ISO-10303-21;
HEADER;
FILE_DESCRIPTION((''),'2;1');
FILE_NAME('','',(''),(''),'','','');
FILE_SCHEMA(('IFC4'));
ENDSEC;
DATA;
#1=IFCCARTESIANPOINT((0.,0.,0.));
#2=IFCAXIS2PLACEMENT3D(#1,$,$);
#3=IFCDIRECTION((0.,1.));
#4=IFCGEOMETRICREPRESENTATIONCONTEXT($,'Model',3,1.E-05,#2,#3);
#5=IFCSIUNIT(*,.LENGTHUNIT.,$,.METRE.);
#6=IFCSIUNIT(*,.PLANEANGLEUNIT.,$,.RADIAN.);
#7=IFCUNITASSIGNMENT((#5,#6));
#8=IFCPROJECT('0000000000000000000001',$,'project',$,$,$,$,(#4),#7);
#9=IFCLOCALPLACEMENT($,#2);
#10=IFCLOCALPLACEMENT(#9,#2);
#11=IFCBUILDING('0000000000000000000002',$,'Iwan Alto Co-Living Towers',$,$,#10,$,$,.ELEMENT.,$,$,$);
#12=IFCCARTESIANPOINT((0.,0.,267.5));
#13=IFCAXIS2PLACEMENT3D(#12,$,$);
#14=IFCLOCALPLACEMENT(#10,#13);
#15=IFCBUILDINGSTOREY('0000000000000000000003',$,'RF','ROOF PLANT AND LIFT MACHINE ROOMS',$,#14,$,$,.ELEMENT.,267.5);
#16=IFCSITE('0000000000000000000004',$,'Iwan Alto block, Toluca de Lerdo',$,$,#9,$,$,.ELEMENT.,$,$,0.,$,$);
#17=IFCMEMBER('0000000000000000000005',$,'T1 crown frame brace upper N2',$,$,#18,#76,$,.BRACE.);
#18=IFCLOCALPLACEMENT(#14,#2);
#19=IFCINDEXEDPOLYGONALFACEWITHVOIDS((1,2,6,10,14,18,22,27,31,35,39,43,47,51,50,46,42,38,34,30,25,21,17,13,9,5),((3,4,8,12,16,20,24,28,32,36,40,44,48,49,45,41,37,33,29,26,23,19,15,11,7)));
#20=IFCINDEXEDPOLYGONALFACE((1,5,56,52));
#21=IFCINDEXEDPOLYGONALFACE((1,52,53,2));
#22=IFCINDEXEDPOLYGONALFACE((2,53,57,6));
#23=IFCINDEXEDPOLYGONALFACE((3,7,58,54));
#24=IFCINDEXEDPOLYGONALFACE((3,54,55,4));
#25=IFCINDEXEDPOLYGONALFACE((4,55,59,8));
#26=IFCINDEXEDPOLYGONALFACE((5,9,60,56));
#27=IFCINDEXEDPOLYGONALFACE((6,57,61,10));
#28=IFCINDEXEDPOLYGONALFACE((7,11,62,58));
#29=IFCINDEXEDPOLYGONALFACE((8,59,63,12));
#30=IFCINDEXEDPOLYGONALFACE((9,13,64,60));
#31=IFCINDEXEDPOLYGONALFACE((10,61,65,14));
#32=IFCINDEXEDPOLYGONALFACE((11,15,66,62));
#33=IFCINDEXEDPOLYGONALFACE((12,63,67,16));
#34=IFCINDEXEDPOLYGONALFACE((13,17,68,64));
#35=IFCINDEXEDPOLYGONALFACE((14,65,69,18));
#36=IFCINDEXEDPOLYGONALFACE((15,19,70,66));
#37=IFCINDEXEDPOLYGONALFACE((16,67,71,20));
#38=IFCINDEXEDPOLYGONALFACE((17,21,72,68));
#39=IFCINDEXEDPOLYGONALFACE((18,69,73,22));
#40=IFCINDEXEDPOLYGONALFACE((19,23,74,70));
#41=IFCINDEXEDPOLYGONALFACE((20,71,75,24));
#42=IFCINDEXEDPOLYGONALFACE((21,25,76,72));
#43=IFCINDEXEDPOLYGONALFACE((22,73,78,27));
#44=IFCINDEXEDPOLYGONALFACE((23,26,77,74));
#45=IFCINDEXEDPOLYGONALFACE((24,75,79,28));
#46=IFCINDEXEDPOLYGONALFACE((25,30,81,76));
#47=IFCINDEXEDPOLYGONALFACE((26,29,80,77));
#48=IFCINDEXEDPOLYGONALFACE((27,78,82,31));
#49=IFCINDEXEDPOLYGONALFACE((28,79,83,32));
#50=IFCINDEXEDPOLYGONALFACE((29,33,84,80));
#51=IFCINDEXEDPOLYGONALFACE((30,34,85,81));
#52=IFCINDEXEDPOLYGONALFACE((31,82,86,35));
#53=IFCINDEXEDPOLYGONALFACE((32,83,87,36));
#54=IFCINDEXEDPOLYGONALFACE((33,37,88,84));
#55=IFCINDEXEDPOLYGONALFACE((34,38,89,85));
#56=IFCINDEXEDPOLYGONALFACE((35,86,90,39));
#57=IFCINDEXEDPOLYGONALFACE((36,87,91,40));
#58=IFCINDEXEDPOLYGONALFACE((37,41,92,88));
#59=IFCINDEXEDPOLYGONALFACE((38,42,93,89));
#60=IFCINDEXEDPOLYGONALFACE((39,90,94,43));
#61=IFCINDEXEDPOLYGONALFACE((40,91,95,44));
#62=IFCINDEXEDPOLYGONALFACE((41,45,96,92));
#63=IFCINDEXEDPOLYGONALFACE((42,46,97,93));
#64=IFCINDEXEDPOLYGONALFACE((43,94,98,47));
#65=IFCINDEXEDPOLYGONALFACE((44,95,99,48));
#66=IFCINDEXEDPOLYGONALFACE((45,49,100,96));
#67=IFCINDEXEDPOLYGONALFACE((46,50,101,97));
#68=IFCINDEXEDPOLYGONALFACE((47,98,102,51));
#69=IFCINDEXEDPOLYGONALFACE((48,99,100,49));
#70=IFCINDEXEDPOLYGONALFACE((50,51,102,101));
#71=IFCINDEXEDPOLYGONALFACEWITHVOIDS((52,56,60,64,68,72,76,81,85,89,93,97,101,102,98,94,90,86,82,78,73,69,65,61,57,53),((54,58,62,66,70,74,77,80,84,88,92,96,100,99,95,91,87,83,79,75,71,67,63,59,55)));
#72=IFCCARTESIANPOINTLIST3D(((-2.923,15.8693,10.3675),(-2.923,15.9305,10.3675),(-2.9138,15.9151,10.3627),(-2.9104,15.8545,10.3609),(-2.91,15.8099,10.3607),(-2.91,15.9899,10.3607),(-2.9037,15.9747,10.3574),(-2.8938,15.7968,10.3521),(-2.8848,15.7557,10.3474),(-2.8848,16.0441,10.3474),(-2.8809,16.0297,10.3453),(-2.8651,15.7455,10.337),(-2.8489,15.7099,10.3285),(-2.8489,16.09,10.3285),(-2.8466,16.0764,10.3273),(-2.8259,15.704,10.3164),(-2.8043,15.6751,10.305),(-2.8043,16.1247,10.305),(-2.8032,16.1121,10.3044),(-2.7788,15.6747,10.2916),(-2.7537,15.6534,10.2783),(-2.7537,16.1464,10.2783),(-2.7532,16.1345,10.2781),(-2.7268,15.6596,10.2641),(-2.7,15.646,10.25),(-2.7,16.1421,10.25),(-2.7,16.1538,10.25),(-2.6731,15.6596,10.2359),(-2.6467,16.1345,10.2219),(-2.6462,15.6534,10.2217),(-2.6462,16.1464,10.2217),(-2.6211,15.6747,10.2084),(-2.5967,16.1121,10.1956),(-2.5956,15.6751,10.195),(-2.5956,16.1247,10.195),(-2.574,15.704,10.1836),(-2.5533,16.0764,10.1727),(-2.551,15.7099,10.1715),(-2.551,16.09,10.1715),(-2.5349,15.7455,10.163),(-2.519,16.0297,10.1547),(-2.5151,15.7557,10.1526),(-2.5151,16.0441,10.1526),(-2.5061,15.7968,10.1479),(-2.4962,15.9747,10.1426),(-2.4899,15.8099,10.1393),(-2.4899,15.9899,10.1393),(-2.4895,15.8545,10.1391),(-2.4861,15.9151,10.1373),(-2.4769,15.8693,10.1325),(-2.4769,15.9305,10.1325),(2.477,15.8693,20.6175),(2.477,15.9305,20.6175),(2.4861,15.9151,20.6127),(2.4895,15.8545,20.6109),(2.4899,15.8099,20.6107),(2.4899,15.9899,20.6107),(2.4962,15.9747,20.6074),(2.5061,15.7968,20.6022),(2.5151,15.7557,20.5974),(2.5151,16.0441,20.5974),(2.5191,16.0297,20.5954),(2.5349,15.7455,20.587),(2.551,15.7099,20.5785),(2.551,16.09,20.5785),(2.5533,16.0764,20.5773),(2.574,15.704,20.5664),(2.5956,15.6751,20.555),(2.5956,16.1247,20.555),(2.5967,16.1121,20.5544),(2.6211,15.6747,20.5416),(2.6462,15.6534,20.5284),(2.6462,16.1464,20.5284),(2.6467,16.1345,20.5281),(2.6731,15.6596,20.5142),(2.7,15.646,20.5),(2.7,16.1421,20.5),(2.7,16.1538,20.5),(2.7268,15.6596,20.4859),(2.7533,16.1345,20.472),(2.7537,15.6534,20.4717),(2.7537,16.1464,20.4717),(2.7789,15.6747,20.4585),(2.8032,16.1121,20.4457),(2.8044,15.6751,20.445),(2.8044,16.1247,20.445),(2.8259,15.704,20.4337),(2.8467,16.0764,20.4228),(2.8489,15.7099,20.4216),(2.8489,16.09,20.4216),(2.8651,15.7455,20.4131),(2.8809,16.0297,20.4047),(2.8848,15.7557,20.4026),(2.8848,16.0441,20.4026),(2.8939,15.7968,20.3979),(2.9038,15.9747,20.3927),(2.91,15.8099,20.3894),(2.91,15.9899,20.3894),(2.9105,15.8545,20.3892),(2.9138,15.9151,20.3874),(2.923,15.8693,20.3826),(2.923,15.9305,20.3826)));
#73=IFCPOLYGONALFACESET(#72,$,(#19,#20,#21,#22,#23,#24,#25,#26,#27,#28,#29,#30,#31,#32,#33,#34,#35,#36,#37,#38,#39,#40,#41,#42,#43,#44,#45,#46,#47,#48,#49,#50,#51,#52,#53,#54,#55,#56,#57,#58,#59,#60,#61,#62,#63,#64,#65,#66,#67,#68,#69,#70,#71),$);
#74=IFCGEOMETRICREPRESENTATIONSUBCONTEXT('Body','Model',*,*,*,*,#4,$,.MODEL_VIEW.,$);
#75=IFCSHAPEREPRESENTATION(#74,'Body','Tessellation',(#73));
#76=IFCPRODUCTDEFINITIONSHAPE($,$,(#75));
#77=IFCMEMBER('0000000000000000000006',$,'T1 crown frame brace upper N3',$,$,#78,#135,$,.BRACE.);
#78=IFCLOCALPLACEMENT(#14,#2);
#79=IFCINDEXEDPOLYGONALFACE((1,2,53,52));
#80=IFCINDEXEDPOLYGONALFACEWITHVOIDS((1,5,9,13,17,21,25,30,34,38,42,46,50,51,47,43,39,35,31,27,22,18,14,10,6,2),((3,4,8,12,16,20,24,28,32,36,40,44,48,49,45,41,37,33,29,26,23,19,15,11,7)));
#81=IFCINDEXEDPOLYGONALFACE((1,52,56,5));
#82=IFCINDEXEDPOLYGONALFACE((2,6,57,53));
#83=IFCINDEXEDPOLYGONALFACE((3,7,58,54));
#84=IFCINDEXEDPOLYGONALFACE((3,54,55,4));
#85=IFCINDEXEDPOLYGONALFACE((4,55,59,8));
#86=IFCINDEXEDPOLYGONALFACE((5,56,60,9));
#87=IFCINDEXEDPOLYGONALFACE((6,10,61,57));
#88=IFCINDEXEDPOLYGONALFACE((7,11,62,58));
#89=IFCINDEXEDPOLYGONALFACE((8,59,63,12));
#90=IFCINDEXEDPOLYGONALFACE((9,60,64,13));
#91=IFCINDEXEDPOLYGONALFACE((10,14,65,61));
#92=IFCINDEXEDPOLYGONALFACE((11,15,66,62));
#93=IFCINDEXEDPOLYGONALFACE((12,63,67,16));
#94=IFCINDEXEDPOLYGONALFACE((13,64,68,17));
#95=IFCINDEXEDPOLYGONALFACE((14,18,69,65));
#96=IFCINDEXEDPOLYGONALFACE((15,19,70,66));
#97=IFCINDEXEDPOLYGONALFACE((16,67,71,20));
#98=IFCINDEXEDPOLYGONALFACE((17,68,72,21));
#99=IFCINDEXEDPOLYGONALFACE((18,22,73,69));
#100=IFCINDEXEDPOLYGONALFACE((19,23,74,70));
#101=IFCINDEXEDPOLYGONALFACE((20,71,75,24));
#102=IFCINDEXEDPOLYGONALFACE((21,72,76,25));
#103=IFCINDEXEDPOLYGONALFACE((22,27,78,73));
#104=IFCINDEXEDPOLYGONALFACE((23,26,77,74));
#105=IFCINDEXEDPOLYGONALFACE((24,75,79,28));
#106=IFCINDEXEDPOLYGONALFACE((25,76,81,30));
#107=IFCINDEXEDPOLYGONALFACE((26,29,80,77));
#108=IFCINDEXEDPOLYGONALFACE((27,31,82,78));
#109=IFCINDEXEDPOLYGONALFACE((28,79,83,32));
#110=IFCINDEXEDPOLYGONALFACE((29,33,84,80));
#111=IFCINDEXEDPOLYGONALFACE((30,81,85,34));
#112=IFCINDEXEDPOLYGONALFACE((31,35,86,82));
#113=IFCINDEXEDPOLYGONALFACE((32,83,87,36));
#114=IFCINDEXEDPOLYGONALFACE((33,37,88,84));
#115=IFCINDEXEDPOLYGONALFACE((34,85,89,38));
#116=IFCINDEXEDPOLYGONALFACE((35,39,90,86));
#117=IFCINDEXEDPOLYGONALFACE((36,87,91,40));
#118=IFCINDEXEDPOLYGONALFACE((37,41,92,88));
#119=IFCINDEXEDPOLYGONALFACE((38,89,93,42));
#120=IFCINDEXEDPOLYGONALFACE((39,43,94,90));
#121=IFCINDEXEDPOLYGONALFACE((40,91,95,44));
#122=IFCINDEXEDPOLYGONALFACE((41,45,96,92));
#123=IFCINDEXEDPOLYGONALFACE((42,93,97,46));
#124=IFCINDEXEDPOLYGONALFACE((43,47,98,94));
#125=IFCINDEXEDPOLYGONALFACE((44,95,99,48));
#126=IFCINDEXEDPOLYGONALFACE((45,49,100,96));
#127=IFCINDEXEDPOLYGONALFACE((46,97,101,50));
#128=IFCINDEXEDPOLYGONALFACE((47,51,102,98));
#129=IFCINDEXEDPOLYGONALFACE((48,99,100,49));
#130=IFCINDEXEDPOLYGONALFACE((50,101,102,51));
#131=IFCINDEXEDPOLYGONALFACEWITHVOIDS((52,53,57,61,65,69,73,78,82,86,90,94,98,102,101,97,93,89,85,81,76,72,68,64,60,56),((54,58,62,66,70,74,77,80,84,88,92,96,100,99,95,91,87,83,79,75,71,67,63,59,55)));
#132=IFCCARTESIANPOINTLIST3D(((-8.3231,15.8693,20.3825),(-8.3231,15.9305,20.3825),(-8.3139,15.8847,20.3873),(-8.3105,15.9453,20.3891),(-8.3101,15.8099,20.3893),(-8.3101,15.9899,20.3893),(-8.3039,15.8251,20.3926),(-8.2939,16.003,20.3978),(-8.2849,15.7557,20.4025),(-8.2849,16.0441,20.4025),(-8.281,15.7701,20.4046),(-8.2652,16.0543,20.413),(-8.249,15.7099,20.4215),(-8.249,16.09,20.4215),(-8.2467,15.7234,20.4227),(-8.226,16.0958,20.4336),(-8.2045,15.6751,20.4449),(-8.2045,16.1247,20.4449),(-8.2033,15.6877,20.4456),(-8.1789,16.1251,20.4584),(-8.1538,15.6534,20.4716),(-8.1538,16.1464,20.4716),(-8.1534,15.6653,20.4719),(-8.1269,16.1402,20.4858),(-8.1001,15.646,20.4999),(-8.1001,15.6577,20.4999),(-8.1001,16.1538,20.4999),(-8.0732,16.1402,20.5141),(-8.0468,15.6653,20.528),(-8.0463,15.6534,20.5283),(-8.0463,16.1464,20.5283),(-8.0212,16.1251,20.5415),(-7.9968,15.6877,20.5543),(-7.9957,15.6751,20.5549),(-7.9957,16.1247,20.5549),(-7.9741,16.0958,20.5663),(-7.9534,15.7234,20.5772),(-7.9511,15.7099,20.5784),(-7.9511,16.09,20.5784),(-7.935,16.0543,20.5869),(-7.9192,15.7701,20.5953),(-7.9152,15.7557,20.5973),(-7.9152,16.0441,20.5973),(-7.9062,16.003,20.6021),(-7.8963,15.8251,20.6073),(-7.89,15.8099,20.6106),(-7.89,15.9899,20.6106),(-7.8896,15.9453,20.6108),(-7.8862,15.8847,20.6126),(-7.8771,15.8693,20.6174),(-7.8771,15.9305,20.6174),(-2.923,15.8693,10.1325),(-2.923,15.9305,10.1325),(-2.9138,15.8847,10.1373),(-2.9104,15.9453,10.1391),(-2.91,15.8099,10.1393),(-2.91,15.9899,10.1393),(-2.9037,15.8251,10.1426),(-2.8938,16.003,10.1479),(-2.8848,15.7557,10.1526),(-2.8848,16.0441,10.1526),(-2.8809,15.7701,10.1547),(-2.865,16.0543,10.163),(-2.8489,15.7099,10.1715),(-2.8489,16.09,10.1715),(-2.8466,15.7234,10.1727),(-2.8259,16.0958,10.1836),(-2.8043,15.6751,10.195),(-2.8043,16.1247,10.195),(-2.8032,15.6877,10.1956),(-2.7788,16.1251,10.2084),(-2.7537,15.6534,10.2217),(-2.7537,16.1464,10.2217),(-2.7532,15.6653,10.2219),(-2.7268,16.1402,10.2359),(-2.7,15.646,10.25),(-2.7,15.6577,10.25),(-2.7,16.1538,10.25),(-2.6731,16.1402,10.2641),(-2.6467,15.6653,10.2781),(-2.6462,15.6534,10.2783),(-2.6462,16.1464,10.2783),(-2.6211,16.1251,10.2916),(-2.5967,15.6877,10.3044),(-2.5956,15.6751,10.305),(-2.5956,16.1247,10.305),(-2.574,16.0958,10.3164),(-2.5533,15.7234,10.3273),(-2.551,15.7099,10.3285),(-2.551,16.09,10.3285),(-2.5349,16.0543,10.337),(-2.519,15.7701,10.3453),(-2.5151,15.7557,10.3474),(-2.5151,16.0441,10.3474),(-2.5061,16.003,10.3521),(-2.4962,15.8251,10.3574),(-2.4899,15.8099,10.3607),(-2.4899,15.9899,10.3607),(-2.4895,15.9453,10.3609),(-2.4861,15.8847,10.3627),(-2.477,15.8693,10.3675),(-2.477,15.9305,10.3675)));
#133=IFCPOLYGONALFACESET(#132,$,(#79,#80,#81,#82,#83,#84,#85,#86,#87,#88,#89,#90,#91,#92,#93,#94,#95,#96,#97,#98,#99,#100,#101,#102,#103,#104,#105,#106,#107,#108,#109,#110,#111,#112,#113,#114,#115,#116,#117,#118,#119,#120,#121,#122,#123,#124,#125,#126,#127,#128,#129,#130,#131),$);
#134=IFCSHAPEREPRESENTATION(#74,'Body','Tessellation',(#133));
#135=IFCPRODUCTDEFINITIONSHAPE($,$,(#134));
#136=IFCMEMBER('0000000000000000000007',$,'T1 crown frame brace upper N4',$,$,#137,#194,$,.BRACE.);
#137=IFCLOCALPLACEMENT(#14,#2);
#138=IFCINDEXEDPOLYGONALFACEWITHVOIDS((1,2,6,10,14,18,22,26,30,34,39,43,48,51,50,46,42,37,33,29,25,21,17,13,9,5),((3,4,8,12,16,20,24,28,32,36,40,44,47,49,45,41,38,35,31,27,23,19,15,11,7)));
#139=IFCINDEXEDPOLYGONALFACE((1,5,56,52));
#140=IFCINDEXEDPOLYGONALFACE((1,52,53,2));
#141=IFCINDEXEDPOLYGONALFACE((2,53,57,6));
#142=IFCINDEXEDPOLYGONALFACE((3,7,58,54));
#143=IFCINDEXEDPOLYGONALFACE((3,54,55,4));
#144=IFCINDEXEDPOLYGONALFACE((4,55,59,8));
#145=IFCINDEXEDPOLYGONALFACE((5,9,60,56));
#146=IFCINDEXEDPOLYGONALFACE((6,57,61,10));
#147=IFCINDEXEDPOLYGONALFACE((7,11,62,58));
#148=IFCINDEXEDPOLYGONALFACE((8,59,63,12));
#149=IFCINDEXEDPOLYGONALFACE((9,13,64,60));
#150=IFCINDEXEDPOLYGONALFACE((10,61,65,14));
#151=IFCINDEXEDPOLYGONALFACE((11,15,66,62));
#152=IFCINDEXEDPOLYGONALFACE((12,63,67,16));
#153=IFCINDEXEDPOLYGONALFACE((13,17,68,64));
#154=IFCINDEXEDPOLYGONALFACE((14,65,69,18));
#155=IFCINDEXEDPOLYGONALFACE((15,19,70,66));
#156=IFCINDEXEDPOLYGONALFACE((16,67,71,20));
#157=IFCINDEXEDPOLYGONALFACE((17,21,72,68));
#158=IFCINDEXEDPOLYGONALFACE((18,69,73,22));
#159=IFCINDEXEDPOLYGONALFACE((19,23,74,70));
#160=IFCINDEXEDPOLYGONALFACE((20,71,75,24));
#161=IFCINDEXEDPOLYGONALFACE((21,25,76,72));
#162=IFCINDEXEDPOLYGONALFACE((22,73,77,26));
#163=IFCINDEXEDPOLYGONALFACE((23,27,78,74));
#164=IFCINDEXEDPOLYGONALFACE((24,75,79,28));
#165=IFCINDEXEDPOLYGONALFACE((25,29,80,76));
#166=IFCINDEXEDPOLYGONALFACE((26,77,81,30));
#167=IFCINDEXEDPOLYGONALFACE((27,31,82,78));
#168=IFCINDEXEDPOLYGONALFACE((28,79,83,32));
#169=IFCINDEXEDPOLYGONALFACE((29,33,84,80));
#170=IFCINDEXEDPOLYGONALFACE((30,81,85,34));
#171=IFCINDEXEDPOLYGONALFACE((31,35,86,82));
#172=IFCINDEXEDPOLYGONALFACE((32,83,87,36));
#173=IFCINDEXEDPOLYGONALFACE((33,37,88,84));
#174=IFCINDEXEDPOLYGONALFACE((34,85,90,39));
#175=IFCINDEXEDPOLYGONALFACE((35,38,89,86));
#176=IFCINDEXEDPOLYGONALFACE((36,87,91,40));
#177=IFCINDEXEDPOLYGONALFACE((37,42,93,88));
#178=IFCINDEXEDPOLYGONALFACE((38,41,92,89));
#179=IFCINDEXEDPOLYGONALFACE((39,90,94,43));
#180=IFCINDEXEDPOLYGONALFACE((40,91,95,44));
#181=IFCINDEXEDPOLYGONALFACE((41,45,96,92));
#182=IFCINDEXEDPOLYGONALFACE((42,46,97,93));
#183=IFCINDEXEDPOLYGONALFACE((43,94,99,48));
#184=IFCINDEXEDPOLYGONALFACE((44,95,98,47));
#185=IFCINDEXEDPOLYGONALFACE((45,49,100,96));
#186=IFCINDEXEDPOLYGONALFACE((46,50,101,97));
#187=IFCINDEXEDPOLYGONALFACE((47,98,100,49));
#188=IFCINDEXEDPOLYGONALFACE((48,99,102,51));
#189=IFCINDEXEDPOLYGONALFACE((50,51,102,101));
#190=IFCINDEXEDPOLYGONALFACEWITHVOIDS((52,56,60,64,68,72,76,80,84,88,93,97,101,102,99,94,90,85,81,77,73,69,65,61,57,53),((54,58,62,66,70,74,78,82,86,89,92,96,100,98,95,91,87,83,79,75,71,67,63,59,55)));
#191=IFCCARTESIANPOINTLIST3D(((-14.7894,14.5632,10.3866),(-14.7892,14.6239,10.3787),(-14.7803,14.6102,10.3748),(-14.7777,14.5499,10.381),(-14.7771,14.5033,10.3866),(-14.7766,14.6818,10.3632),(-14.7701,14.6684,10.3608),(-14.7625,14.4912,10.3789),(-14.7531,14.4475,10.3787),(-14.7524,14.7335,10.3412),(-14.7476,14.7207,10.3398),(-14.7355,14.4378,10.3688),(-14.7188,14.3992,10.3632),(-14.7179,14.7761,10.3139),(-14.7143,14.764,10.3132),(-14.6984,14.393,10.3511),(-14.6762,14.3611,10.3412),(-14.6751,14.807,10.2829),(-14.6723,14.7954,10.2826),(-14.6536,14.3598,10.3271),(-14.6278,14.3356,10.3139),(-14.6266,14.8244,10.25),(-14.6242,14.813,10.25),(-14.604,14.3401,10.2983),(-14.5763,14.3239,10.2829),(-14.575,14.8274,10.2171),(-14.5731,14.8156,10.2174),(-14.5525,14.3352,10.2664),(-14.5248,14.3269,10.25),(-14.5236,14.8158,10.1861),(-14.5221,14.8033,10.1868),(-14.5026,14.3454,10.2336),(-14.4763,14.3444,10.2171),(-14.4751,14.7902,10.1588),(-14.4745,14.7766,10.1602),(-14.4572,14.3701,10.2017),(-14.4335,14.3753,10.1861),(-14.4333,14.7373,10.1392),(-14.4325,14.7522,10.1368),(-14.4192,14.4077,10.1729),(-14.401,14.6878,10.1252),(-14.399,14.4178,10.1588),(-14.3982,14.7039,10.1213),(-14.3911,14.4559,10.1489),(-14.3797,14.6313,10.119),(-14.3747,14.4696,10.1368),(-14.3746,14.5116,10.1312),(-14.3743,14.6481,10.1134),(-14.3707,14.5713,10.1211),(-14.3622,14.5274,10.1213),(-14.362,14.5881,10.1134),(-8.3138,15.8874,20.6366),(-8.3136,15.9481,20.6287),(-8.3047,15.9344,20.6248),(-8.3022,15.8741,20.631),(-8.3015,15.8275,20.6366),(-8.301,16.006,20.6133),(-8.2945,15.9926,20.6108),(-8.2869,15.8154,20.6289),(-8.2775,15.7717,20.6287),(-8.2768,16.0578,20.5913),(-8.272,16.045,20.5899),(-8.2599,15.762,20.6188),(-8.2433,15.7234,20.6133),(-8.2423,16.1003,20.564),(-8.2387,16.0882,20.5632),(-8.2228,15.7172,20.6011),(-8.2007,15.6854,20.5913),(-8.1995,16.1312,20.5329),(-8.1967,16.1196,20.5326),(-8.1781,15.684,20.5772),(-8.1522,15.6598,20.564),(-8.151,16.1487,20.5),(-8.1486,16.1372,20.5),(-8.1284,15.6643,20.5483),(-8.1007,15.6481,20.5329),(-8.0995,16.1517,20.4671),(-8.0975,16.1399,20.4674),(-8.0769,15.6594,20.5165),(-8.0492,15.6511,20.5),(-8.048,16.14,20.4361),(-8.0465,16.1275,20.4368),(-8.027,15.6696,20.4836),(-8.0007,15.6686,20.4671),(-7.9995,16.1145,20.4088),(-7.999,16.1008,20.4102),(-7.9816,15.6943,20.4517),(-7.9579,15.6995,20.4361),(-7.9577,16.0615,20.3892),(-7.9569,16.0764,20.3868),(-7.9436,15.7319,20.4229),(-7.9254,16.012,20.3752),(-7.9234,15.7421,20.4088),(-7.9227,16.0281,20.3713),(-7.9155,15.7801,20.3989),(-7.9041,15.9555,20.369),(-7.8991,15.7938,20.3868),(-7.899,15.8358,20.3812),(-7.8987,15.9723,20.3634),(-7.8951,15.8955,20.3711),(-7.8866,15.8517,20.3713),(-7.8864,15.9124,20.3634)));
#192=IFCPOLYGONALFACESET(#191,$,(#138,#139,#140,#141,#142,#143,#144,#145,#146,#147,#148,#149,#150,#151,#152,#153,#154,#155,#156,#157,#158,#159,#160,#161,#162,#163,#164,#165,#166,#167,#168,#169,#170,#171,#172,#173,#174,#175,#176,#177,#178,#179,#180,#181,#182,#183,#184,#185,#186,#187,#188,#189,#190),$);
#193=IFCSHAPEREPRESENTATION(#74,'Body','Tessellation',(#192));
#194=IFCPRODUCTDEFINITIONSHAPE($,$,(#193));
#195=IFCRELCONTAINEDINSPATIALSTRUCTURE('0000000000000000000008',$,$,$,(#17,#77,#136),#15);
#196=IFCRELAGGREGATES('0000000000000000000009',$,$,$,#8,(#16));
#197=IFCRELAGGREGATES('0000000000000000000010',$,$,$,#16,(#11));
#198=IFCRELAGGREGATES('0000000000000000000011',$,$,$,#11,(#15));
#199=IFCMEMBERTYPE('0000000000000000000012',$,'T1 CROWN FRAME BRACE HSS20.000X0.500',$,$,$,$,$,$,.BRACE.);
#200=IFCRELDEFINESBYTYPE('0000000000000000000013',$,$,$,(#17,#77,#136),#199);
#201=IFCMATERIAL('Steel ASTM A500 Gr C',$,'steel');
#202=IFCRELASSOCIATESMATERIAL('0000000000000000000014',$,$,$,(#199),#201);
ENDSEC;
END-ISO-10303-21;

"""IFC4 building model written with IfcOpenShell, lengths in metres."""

from ifc_helpers import new_model, si_unit, direction, frame, origin, origin_2d, place, context, subcontext, project, spatial, hollow_circle, extrude, material, material_profile, profile_set, type_object, element, save


model = new_model("IFC4")

# Units and contexts
model_context = context("Model", 3, precision=1e-05, world=origin(), true_north=direction((0.0, 1.0)))
body_context = subcontext(model_context, "Body", "Model", "MODEL_VIEW")
ifc_project = project(units=[si_unit("LENGTHUNIT", "METRE"), si_unit("PLANEANGLEUNIT", "RADIAN")], contexts=[model_context])

# Site, building, storey
site_placement = place(None, origin())
site = spatial("IfcSite", under=ifc_project, at=site_placement, Name="Iwan Alto block, Toluca de Lerdo", CompositionType="ELEMENT", RefElevation=0.0)
building_placement = place(site_placement, origin())
building = spatial("IfcBuilding", under=site, at=building_placement, Name="Iwan Alto Co-Living Towers", CompositionType="ELEMENT")
storey_placement = place(building_placement, frame((0.0, 0.0, 267.5)))
storey = spatial("IfcBuildingStorey", under=building, at=storey_placement, Name="RF", Description="ROOF PLANT AND LIFT MACHINE ROOMS", CompositionType="ELEMENT", Elevation=267.5)

# Members
ifc_material_1 = material(Name="Steel ASTM A500 Gr C", Category="steel")
ifc_material_profile_1 = material_profile(ifc_material_1, hollow_circle(Radius=0.2539, WallThickness=0.0117, at=origin_2d()), Name="HSS20.000X0.500")
ifc_profile_set_1 = profile_set([ifc_material_profile_1], Name="Steel ASTM A500 Gr C")
member_type_1 = type_object("IfcMemberType", Name="T1 CROWN FRAME BRACE HSS20.000X0.500", PredefinedType="BRACE", material=ifc_profile_set_1)
for number, where, z_axis, x_axis, name in (
    (1, (-2.7, 15.8999, 10.25), (0.466096, 0.0, 0.884734), (0.0, 1.0, 0.0), "T1 crown frame brace upper N2"),
    (2, (-2.7, 15.8999, 10.25), (-0.466112, 0.0, 0.884726), (0.0, -1.0, 0.0), "T1 crown frame brace upper N3"),
):
    element("IfcMember", number, at=place(storey_placement, frame(where, z_axis=z_axis, x_axis=x_axis)), inside=storey, type_object=member_type_1, Name=name, PredefinedType="BRACE", context=body_context, shape_type="SweptSolid", body=[
        extrude(hollow_circle(Radius=0.2539, WallThickness=0.0117, at=origin_2d()), origin(), (0.0, 0.0, 1.0), 11.5854),
    ])
for number, where, z_axis, x_axis, name in (
    (3, (-14.5757, 14.5757, 10.25), (0.530948, 0.108576, 0.84042), (-0.200348, 0.979725, 0.0), "T1 crown frame brace upper N4"),
):
    element("IfcMember", number, at=place(storey_placement, frame(where, z_axis=z_axis, x_axis=x_axis)), inside=storey, type_object=member_type_1, Name=name, PredefinedType="BRACE", context=body_context, shape_type="SweptSolid", body=[
        extrude(hollow_circle(Radius=0.2539, WallThickness=0.0117, at=origin_2d()), origin(), (0.0, 0.0, 1.0), 12.1963),
    ])

save(model, "model.ifc")
